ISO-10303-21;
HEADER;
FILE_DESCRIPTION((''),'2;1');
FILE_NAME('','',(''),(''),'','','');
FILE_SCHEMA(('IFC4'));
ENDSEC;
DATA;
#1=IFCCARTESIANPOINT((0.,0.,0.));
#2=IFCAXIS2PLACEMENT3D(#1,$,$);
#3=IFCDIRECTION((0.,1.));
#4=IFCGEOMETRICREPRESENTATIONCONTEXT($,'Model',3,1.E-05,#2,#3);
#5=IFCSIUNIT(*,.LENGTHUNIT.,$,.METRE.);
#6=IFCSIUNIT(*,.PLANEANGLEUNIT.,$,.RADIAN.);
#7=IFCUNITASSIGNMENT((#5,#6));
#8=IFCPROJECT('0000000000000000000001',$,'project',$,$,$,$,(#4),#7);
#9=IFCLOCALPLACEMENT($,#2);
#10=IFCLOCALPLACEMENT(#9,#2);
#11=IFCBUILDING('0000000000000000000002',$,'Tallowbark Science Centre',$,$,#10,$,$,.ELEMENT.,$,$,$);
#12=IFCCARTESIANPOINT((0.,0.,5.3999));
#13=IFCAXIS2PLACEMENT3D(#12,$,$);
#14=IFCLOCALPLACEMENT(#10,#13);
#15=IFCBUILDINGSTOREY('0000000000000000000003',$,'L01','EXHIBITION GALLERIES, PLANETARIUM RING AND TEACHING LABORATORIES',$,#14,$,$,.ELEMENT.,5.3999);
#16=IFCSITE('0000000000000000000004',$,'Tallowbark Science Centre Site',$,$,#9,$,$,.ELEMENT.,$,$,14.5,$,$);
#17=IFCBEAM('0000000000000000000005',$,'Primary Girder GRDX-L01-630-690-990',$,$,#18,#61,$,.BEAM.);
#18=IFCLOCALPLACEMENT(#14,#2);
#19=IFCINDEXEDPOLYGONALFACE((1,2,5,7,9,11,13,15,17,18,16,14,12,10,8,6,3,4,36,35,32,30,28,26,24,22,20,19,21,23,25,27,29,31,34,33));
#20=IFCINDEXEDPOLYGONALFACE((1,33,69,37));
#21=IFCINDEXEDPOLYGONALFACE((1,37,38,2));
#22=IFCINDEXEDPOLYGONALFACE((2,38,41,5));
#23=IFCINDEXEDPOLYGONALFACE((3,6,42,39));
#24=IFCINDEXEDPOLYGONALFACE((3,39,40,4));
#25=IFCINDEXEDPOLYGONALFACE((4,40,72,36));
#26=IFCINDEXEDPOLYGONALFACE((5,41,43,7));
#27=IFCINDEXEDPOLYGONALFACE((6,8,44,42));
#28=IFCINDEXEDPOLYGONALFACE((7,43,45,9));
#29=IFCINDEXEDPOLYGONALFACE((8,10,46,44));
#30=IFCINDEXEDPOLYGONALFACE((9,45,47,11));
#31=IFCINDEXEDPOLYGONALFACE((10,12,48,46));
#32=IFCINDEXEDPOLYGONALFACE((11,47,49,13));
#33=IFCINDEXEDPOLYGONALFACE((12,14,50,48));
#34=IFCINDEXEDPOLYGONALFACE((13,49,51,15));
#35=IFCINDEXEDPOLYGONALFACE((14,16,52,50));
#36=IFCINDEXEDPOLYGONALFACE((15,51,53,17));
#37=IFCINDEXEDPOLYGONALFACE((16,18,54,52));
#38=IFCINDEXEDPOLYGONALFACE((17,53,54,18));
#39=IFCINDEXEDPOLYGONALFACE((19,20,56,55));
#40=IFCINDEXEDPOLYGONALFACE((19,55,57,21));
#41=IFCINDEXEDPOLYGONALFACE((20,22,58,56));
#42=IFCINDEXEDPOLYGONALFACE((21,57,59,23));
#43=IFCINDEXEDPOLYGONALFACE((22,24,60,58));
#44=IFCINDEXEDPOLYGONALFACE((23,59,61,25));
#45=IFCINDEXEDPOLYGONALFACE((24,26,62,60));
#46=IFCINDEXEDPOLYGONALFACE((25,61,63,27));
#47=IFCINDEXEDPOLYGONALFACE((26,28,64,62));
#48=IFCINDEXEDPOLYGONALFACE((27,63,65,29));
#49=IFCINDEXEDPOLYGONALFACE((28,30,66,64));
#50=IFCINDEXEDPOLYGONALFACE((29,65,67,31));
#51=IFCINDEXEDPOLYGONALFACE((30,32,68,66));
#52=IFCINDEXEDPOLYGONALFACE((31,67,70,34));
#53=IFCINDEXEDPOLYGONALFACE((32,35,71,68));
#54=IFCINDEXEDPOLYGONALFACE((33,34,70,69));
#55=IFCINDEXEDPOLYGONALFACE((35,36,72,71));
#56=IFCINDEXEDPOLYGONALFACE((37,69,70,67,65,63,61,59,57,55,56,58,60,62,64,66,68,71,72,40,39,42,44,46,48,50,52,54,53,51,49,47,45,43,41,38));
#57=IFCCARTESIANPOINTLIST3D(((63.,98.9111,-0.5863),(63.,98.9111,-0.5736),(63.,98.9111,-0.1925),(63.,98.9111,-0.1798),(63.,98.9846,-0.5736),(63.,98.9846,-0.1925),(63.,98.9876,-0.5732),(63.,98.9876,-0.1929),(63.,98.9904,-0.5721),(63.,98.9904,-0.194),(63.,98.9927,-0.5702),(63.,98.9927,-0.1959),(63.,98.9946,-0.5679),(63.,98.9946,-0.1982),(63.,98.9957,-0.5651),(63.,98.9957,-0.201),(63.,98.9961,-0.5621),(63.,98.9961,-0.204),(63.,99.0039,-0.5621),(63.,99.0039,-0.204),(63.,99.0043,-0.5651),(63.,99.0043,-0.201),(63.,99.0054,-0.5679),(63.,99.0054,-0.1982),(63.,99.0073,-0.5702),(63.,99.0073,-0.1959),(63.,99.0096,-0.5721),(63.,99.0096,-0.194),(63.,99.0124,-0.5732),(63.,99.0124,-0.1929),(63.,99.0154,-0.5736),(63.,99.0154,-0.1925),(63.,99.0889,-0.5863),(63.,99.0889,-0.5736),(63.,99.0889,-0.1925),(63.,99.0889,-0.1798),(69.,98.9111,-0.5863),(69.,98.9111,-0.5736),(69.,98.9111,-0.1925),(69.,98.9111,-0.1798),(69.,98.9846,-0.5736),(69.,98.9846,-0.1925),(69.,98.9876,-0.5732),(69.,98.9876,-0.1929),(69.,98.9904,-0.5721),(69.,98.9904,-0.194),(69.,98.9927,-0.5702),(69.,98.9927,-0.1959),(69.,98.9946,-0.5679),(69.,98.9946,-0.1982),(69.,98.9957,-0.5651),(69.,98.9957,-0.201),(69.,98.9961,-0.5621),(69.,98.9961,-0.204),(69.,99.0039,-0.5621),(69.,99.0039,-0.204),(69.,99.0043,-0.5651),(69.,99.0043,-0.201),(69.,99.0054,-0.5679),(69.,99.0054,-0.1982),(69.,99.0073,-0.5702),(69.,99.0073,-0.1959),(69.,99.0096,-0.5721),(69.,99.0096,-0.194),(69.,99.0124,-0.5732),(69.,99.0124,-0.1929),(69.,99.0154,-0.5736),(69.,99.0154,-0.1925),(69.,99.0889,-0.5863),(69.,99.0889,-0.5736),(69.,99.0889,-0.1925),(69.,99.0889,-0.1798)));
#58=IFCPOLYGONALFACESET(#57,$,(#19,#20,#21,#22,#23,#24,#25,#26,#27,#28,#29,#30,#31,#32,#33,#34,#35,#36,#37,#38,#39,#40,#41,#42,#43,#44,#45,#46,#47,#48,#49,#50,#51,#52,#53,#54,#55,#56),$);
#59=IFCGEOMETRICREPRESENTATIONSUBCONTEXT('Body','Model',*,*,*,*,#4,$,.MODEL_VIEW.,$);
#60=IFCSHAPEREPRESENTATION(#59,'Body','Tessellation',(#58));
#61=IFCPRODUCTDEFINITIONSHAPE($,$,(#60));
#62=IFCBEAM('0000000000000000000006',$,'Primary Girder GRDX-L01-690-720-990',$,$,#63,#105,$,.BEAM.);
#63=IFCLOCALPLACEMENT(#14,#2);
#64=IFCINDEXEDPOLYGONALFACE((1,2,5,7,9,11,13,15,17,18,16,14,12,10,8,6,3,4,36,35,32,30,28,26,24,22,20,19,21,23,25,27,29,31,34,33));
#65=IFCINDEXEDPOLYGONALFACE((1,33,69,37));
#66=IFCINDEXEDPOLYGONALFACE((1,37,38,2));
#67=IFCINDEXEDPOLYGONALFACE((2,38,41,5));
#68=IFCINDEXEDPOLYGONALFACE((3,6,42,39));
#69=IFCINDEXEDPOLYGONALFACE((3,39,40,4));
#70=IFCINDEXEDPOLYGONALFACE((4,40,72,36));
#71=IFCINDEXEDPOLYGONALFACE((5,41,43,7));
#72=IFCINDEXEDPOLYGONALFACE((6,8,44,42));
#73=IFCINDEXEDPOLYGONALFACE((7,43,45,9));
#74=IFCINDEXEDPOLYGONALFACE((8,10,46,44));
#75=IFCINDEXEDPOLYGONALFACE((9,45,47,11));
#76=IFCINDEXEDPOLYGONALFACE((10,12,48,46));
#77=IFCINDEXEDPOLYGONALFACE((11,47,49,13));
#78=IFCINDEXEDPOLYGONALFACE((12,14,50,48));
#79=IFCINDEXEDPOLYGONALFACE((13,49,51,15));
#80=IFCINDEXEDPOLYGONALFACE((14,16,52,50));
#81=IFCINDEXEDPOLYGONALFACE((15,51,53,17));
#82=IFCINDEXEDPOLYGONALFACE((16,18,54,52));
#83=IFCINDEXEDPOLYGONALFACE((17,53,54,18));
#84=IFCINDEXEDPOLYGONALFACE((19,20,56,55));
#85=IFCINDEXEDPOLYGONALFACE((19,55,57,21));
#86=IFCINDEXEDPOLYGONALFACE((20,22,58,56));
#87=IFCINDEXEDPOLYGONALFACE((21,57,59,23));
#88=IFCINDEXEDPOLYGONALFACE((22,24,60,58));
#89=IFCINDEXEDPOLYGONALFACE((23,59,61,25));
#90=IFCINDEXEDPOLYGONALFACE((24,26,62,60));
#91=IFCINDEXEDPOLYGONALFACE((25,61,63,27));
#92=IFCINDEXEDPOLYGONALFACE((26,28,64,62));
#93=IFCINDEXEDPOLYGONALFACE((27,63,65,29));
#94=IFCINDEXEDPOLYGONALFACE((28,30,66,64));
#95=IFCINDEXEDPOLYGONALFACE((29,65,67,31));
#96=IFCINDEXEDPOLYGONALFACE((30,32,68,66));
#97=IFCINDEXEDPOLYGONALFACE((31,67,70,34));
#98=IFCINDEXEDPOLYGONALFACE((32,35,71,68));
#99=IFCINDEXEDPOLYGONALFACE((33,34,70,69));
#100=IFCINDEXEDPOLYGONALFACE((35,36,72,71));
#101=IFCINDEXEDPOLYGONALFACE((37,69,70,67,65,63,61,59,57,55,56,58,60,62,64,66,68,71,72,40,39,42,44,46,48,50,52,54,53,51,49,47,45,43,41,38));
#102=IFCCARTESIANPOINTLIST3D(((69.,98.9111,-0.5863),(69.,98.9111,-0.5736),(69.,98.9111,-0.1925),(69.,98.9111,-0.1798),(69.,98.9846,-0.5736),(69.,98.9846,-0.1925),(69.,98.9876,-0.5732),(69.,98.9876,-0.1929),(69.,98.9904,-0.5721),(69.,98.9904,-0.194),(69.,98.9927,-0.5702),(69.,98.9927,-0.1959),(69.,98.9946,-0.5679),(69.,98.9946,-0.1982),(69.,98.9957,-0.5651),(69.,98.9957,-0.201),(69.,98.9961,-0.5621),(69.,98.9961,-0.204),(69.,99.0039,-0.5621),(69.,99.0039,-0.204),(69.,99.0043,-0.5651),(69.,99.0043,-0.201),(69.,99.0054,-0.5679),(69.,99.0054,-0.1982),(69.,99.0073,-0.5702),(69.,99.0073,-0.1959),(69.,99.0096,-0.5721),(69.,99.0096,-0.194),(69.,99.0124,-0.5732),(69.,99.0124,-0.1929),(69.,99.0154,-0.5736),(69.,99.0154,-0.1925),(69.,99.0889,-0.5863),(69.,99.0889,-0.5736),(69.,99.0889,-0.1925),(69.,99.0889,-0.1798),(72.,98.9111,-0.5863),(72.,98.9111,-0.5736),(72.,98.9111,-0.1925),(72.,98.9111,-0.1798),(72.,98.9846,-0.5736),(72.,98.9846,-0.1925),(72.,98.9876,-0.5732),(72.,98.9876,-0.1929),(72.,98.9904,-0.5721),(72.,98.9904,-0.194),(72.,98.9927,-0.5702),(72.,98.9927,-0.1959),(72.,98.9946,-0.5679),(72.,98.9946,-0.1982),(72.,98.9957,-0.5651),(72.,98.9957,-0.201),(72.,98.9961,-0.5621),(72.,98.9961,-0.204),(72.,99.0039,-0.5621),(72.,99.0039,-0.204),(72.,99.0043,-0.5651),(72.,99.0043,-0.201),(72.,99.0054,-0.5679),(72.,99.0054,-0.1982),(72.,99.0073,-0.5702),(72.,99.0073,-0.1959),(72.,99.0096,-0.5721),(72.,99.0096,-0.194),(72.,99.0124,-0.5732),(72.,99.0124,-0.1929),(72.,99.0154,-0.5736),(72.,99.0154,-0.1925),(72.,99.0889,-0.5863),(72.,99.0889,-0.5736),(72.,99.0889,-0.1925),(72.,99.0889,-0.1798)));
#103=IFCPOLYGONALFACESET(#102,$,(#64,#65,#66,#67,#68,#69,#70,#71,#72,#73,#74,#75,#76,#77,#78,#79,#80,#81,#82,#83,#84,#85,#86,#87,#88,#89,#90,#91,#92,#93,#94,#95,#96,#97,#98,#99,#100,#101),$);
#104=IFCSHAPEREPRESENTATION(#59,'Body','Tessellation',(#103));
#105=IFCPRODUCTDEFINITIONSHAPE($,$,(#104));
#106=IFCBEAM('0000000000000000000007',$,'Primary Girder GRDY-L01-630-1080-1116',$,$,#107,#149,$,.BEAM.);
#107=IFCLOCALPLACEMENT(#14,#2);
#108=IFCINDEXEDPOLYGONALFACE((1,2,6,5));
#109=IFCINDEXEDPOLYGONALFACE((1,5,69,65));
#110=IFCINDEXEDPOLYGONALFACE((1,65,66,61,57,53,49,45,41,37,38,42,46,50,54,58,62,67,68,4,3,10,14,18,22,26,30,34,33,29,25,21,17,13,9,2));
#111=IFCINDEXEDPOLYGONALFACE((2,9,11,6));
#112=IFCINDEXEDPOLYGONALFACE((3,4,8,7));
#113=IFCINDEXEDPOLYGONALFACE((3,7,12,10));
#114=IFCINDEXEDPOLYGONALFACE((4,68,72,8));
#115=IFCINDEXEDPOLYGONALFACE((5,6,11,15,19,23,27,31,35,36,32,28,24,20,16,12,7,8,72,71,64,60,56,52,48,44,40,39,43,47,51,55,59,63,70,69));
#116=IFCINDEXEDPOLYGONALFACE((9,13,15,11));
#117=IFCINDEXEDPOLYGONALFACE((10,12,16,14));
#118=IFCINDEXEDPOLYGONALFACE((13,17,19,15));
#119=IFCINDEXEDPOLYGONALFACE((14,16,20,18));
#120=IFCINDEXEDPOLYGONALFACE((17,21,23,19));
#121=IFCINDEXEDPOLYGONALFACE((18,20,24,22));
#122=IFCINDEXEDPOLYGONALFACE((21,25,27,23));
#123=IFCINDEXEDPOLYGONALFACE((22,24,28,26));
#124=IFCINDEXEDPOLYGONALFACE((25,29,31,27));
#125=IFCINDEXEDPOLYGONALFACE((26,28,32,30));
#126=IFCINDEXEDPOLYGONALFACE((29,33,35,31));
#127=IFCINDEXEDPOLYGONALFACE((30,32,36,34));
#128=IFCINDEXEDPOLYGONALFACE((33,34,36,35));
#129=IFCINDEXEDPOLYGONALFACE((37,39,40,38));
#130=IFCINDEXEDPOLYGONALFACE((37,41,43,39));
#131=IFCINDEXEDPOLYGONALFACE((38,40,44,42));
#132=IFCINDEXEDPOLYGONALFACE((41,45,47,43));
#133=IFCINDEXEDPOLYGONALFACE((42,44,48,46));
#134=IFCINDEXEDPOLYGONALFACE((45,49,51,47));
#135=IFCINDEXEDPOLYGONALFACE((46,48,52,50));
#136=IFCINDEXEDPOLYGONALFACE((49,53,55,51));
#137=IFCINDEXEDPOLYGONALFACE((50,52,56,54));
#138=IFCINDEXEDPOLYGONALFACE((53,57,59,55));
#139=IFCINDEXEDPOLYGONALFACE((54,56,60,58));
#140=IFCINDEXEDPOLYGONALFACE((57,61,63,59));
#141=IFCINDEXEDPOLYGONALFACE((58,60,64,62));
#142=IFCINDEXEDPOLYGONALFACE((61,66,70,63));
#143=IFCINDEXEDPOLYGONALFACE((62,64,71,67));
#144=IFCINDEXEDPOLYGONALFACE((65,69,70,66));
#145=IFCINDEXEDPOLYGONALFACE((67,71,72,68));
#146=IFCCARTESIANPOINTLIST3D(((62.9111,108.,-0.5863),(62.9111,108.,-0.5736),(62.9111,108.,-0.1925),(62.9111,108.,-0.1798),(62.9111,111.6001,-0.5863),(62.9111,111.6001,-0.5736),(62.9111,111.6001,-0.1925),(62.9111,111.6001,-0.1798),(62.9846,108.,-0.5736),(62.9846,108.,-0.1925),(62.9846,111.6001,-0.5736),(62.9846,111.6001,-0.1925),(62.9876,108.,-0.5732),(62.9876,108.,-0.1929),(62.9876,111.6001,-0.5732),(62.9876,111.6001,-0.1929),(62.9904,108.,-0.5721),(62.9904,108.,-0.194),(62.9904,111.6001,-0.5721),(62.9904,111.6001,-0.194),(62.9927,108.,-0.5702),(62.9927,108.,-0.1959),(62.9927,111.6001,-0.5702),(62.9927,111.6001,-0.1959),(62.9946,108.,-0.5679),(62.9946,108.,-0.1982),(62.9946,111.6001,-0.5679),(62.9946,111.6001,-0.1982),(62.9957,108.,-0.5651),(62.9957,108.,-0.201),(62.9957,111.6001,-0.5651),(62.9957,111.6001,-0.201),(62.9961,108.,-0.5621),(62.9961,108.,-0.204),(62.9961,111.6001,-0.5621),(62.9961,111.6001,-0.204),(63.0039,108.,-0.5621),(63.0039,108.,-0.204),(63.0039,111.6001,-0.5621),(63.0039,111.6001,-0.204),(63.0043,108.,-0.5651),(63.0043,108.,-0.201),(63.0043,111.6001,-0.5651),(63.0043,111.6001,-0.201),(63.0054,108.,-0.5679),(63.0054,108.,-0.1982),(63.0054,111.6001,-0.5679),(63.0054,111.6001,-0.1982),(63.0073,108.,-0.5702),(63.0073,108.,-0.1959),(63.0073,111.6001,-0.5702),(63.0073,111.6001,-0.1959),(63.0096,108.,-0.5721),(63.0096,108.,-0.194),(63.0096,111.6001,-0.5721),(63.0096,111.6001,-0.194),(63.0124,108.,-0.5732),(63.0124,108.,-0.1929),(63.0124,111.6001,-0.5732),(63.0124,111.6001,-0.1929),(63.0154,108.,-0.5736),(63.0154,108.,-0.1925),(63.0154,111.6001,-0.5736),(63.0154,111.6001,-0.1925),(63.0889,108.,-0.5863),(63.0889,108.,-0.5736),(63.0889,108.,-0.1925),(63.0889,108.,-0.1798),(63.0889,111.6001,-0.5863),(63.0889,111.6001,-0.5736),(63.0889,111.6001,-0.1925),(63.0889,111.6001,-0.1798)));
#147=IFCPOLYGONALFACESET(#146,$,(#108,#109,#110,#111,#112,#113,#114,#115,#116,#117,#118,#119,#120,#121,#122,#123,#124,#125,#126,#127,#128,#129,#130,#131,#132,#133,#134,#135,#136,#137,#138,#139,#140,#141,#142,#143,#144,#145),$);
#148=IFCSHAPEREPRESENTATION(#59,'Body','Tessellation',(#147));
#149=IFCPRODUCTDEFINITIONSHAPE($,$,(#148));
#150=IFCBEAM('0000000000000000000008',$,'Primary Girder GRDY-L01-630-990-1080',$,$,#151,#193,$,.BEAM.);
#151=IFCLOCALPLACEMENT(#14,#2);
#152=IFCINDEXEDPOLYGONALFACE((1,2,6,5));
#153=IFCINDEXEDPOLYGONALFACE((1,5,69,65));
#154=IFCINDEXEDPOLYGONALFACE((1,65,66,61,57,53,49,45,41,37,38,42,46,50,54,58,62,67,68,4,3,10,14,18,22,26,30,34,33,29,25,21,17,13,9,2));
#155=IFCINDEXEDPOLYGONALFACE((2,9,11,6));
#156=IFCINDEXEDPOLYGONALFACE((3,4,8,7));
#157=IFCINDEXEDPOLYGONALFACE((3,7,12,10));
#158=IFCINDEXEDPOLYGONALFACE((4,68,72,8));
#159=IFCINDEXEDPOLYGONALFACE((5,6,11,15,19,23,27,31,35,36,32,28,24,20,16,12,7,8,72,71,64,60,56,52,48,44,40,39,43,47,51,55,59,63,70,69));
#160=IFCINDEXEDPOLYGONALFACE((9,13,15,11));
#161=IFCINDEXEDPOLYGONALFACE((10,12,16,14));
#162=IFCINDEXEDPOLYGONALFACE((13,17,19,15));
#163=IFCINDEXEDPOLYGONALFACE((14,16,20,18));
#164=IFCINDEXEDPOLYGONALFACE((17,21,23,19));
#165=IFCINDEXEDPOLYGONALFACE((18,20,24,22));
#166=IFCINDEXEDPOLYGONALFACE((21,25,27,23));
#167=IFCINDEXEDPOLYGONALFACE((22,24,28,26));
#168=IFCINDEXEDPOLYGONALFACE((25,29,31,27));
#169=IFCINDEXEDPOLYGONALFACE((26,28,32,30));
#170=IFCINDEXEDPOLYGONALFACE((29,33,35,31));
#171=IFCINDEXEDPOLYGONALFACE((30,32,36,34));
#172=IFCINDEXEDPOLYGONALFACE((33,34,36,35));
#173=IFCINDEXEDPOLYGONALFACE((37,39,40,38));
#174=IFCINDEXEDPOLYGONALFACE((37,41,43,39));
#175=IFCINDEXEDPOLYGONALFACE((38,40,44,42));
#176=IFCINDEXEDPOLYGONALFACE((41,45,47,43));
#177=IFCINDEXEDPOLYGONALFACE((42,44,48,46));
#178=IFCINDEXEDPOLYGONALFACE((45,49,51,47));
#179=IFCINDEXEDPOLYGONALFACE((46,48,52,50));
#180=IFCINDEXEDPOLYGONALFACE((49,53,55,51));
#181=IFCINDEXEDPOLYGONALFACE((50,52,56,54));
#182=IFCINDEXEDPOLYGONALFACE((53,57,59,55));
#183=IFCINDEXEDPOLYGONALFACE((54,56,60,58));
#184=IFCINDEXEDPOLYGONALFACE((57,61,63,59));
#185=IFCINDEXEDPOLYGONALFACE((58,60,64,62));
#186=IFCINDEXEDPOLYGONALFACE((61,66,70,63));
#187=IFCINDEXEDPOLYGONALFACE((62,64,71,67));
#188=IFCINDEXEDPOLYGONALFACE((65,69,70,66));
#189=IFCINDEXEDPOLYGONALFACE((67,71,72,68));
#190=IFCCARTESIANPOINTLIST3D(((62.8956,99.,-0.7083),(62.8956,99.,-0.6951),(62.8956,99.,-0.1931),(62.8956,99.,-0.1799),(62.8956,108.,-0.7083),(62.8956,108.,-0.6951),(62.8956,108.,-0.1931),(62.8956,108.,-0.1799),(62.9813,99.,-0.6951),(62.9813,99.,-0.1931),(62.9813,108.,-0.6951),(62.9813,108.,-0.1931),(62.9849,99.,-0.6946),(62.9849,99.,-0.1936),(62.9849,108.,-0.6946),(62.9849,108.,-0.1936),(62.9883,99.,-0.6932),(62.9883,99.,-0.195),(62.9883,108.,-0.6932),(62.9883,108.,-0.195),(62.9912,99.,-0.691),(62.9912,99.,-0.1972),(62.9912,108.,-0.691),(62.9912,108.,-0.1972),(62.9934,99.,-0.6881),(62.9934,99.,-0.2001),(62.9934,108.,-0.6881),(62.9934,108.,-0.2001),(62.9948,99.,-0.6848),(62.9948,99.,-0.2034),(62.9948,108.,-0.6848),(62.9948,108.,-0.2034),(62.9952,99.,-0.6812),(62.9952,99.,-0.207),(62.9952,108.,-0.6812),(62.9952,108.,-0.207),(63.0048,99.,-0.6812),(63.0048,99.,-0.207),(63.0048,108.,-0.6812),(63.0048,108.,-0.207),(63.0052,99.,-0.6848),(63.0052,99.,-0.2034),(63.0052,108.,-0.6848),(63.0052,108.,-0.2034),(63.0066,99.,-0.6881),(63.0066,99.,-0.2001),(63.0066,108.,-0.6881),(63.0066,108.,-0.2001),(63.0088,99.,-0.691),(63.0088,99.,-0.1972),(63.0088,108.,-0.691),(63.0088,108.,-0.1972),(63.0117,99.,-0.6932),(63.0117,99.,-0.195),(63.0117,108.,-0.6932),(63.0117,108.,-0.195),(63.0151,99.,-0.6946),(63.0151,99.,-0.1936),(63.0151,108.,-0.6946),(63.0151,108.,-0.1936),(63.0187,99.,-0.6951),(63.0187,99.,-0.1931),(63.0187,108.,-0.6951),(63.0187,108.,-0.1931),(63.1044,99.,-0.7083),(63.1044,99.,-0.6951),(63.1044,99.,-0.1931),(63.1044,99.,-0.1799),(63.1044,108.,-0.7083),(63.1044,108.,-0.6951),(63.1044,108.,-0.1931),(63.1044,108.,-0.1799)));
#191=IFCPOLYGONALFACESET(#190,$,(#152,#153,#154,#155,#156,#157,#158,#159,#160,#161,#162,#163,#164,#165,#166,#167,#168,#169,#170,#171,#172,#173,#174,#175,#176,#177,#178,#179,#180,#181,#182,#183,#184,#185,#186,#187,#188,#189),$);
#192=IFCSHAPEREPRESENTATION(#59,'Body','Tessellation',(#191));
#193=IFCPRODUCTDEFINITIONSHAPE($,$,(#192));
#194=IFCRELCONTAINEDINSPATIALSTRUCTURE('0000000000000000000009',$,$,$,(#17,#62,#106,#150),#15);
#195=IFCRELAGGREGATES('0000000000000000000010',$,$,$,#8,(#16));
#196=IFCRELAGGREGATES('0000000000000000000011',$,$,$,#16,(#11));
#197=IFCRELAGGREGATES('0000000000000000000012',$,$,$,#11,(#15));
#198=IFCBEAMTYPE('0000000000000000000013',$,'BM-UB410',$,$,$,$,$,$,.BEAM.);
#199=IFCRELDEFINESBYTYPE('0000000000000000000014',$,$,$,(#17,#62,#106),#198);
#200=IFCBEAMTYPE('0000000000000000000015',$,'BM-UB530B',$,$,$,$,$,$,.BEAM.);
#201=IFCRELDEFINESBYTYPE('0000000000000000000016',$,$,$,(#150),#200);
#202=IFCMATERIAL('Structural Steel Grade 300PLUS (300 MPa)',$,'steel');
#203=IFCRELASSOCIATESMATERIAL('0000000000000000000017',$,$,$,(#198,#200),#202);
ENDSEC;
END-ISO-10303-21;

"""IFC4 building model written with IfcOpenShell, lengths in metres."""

from ifc_helpers import new_model, si_unit, direction, frame, origin, origin_2d, place, context, subcontext, project, spatial, i_section, extrude, material, material_profile, profile_set, type_object, element, save


model = new_model("IFC4")

# Units and contexts
model_context = context("Model", 3, precision=1e-05, world=origin(), true_north=direction((0.0, 1.0)))
body_context = subcontext(model_context, "Body", "Model", "MODEL_VIEW")
ifc_project = project(units=[si_unit("LENGTHUNIT", "METRE"), si_unit("PLANEANGLEUNIT", "RADIAN")], contexts=[model_context])

# Site, building, storey
site_placement = place(None, origin())
site = spatial("IfcSite", under=ifc_project, at=site_placement, Name="Tallowbark Science Centre Site", CompositionType="ELEMENT", RefElevation=14.5)
building_placement = place(site_placement, origin())
building = spatial("IfcBuilding", under=site, at=building_placement, Name="Tallowbark Science Centre", CompositionType="ELEMENT")
storey_placement = place(building_placement, frame((0.0, 0.0, 5.3999)))
storey = spatial("IfcBuildingStorey", under=building, at=storey_placement, Name="L01", Description="EXHIBITION GALLERIES, PLANETARIUM RING AND TEACHING LABORATORIES", CompositionType="ELEMENT", Elevation=5.3999)

# Shared definitions
ifc_material_1 = material(Name="Structural Steel Grade 300PLUS (300 MPa)", Category="steel")

# Beams
ifc_material_profile_1 = material_profile(ifc_material_1, i_section(OverallWidth=0.1777, OverallDepth=0.4065, WebThickness=0.0078, FlangeThickness=0.0127, FilletRadius=0.0115, at=origin_2d()), Name="410UB59.7")
ifc_profile_set_1 = profile_set([ifc_material_profile_1], Name="Structural Steel Grade 300PLUS (300 MPa)")
beam_type_1 = type_object("IfcBeamType", Name="BM-UB410", PredefinedType="BEAM", material=ifc_profile_set_1)
beam_1_placement = place(storey_placement, frame((63.0, 99.0, -0.3831), z_axis=(1.0, 0.0, 0.0), x_axis=(0.0, 1.0, 0.0)))
element("IfcBeam", 1, at=beam_1_placement, inside=storey, type_object=beam_type_1, Name="Primary Girder GRDX-L01-630-690-990", PredefinedType="BEAM", context=body_context, shape_type="SweptSolid", body=[
    extrude(i_section(OverallWidth=0.1777, OverallDepth=0.4065, WebThickness=0.0078, FlangeThickness=0.0127, FilletRadius=0.0115, at=origin_2d()), origin(), (0.0, 0.0, 1.0), 6.0),
])
beam_2_placement = place(storey_placement, frame((69.0, 99.0, -0.3831), z_axis=(1.0, 0.0, 0.0), x_axis=(0.0, 1.0, 0.0)))
element("IfcBeam", 2, at=beam_2_placement, inside=storey, type_object=beam_type_1, Name="Primary Girder GRDX-L01-690-720-990", PredefinedType="BEAM", context=body_context, shape_type="SweptSolid", body=[
    extrude(i_section(OverallWidth=0.1777, OverallDepth=0.4065, WebThickness=0.0078, FlangeThickness=0.0127, FilletRadius=0.0115, at=origin_2d()), origin(), (0.0, 0.0, 1.0), 3.0),
])
beam_3_placement = place(storey_placement, frame((63.0, 108.0, -0.3831), z_axis=(0.0, 1.0, 0.0), x_axis=(-1.0, 0.0, 0.0)))
element("IfcBeam", 3, at=beam_3_placement, inside=storey, type_object=beam_type_1, Name="Primary Girder GRDY-L01-630-1080-1116", PredefinedType="BEAM", context=body_context, shape_type="SweptSolid", body=[
    extrude(i_section(OverallWidth=0.1777, OverallDepth=0.4065, WebThickness=0.0078, FlangeThickness=0.0127, FilletRadius=0.0115, at=origin_2d()), origin(), (0.0, 0.0, 1.0), 3.6001),
])
ifc_material_profile_2 = material_profile(ifc_material_1, i_section(OverallWidth=0.2087, OverallDepth=0.5283, WebThickness=0.0095, FlangeThickness=0.0132, FilletRadius=0.0139, at=origin_2d()), Name="530UB82.0")
ifc_profile_set_2 = profile_set([ifc_material_profile_2], Name="Structural Steel Grade 300PLUS (300 MPa)")
beam_type_2 = type_object("IfcBeamType", Name="BM-UB530B", PredefinedType="BEAM", material=ifc_profile_set_2)
beam_4_placement = place(storey_placement, frame((63.0, 99.0, -0.4441), z_axis=(0.0, 1.0, 0.0), x_axis=(-1.0, 0.0, 0.0)))
element("IfcBeam", 4, at=beam_4_placement, inside=storey, type_object=beam_type_2, Name="Primary Girder GRDY-L01-630-990-1080", PredefinedType="BEAM", context=body_context, shape_type="SweptSolid", body=[
    extrude(i_section(OverallWidth=0.2087, OverallDepth=0.5283, WebThickness=0.0095, FlangeThickness=0.0132, FilletRadius=0.0139, at=origin_2d()), origin(), (0.0, 0.0, 1.0), 9.0),
])

save(model, "model.ifc")
